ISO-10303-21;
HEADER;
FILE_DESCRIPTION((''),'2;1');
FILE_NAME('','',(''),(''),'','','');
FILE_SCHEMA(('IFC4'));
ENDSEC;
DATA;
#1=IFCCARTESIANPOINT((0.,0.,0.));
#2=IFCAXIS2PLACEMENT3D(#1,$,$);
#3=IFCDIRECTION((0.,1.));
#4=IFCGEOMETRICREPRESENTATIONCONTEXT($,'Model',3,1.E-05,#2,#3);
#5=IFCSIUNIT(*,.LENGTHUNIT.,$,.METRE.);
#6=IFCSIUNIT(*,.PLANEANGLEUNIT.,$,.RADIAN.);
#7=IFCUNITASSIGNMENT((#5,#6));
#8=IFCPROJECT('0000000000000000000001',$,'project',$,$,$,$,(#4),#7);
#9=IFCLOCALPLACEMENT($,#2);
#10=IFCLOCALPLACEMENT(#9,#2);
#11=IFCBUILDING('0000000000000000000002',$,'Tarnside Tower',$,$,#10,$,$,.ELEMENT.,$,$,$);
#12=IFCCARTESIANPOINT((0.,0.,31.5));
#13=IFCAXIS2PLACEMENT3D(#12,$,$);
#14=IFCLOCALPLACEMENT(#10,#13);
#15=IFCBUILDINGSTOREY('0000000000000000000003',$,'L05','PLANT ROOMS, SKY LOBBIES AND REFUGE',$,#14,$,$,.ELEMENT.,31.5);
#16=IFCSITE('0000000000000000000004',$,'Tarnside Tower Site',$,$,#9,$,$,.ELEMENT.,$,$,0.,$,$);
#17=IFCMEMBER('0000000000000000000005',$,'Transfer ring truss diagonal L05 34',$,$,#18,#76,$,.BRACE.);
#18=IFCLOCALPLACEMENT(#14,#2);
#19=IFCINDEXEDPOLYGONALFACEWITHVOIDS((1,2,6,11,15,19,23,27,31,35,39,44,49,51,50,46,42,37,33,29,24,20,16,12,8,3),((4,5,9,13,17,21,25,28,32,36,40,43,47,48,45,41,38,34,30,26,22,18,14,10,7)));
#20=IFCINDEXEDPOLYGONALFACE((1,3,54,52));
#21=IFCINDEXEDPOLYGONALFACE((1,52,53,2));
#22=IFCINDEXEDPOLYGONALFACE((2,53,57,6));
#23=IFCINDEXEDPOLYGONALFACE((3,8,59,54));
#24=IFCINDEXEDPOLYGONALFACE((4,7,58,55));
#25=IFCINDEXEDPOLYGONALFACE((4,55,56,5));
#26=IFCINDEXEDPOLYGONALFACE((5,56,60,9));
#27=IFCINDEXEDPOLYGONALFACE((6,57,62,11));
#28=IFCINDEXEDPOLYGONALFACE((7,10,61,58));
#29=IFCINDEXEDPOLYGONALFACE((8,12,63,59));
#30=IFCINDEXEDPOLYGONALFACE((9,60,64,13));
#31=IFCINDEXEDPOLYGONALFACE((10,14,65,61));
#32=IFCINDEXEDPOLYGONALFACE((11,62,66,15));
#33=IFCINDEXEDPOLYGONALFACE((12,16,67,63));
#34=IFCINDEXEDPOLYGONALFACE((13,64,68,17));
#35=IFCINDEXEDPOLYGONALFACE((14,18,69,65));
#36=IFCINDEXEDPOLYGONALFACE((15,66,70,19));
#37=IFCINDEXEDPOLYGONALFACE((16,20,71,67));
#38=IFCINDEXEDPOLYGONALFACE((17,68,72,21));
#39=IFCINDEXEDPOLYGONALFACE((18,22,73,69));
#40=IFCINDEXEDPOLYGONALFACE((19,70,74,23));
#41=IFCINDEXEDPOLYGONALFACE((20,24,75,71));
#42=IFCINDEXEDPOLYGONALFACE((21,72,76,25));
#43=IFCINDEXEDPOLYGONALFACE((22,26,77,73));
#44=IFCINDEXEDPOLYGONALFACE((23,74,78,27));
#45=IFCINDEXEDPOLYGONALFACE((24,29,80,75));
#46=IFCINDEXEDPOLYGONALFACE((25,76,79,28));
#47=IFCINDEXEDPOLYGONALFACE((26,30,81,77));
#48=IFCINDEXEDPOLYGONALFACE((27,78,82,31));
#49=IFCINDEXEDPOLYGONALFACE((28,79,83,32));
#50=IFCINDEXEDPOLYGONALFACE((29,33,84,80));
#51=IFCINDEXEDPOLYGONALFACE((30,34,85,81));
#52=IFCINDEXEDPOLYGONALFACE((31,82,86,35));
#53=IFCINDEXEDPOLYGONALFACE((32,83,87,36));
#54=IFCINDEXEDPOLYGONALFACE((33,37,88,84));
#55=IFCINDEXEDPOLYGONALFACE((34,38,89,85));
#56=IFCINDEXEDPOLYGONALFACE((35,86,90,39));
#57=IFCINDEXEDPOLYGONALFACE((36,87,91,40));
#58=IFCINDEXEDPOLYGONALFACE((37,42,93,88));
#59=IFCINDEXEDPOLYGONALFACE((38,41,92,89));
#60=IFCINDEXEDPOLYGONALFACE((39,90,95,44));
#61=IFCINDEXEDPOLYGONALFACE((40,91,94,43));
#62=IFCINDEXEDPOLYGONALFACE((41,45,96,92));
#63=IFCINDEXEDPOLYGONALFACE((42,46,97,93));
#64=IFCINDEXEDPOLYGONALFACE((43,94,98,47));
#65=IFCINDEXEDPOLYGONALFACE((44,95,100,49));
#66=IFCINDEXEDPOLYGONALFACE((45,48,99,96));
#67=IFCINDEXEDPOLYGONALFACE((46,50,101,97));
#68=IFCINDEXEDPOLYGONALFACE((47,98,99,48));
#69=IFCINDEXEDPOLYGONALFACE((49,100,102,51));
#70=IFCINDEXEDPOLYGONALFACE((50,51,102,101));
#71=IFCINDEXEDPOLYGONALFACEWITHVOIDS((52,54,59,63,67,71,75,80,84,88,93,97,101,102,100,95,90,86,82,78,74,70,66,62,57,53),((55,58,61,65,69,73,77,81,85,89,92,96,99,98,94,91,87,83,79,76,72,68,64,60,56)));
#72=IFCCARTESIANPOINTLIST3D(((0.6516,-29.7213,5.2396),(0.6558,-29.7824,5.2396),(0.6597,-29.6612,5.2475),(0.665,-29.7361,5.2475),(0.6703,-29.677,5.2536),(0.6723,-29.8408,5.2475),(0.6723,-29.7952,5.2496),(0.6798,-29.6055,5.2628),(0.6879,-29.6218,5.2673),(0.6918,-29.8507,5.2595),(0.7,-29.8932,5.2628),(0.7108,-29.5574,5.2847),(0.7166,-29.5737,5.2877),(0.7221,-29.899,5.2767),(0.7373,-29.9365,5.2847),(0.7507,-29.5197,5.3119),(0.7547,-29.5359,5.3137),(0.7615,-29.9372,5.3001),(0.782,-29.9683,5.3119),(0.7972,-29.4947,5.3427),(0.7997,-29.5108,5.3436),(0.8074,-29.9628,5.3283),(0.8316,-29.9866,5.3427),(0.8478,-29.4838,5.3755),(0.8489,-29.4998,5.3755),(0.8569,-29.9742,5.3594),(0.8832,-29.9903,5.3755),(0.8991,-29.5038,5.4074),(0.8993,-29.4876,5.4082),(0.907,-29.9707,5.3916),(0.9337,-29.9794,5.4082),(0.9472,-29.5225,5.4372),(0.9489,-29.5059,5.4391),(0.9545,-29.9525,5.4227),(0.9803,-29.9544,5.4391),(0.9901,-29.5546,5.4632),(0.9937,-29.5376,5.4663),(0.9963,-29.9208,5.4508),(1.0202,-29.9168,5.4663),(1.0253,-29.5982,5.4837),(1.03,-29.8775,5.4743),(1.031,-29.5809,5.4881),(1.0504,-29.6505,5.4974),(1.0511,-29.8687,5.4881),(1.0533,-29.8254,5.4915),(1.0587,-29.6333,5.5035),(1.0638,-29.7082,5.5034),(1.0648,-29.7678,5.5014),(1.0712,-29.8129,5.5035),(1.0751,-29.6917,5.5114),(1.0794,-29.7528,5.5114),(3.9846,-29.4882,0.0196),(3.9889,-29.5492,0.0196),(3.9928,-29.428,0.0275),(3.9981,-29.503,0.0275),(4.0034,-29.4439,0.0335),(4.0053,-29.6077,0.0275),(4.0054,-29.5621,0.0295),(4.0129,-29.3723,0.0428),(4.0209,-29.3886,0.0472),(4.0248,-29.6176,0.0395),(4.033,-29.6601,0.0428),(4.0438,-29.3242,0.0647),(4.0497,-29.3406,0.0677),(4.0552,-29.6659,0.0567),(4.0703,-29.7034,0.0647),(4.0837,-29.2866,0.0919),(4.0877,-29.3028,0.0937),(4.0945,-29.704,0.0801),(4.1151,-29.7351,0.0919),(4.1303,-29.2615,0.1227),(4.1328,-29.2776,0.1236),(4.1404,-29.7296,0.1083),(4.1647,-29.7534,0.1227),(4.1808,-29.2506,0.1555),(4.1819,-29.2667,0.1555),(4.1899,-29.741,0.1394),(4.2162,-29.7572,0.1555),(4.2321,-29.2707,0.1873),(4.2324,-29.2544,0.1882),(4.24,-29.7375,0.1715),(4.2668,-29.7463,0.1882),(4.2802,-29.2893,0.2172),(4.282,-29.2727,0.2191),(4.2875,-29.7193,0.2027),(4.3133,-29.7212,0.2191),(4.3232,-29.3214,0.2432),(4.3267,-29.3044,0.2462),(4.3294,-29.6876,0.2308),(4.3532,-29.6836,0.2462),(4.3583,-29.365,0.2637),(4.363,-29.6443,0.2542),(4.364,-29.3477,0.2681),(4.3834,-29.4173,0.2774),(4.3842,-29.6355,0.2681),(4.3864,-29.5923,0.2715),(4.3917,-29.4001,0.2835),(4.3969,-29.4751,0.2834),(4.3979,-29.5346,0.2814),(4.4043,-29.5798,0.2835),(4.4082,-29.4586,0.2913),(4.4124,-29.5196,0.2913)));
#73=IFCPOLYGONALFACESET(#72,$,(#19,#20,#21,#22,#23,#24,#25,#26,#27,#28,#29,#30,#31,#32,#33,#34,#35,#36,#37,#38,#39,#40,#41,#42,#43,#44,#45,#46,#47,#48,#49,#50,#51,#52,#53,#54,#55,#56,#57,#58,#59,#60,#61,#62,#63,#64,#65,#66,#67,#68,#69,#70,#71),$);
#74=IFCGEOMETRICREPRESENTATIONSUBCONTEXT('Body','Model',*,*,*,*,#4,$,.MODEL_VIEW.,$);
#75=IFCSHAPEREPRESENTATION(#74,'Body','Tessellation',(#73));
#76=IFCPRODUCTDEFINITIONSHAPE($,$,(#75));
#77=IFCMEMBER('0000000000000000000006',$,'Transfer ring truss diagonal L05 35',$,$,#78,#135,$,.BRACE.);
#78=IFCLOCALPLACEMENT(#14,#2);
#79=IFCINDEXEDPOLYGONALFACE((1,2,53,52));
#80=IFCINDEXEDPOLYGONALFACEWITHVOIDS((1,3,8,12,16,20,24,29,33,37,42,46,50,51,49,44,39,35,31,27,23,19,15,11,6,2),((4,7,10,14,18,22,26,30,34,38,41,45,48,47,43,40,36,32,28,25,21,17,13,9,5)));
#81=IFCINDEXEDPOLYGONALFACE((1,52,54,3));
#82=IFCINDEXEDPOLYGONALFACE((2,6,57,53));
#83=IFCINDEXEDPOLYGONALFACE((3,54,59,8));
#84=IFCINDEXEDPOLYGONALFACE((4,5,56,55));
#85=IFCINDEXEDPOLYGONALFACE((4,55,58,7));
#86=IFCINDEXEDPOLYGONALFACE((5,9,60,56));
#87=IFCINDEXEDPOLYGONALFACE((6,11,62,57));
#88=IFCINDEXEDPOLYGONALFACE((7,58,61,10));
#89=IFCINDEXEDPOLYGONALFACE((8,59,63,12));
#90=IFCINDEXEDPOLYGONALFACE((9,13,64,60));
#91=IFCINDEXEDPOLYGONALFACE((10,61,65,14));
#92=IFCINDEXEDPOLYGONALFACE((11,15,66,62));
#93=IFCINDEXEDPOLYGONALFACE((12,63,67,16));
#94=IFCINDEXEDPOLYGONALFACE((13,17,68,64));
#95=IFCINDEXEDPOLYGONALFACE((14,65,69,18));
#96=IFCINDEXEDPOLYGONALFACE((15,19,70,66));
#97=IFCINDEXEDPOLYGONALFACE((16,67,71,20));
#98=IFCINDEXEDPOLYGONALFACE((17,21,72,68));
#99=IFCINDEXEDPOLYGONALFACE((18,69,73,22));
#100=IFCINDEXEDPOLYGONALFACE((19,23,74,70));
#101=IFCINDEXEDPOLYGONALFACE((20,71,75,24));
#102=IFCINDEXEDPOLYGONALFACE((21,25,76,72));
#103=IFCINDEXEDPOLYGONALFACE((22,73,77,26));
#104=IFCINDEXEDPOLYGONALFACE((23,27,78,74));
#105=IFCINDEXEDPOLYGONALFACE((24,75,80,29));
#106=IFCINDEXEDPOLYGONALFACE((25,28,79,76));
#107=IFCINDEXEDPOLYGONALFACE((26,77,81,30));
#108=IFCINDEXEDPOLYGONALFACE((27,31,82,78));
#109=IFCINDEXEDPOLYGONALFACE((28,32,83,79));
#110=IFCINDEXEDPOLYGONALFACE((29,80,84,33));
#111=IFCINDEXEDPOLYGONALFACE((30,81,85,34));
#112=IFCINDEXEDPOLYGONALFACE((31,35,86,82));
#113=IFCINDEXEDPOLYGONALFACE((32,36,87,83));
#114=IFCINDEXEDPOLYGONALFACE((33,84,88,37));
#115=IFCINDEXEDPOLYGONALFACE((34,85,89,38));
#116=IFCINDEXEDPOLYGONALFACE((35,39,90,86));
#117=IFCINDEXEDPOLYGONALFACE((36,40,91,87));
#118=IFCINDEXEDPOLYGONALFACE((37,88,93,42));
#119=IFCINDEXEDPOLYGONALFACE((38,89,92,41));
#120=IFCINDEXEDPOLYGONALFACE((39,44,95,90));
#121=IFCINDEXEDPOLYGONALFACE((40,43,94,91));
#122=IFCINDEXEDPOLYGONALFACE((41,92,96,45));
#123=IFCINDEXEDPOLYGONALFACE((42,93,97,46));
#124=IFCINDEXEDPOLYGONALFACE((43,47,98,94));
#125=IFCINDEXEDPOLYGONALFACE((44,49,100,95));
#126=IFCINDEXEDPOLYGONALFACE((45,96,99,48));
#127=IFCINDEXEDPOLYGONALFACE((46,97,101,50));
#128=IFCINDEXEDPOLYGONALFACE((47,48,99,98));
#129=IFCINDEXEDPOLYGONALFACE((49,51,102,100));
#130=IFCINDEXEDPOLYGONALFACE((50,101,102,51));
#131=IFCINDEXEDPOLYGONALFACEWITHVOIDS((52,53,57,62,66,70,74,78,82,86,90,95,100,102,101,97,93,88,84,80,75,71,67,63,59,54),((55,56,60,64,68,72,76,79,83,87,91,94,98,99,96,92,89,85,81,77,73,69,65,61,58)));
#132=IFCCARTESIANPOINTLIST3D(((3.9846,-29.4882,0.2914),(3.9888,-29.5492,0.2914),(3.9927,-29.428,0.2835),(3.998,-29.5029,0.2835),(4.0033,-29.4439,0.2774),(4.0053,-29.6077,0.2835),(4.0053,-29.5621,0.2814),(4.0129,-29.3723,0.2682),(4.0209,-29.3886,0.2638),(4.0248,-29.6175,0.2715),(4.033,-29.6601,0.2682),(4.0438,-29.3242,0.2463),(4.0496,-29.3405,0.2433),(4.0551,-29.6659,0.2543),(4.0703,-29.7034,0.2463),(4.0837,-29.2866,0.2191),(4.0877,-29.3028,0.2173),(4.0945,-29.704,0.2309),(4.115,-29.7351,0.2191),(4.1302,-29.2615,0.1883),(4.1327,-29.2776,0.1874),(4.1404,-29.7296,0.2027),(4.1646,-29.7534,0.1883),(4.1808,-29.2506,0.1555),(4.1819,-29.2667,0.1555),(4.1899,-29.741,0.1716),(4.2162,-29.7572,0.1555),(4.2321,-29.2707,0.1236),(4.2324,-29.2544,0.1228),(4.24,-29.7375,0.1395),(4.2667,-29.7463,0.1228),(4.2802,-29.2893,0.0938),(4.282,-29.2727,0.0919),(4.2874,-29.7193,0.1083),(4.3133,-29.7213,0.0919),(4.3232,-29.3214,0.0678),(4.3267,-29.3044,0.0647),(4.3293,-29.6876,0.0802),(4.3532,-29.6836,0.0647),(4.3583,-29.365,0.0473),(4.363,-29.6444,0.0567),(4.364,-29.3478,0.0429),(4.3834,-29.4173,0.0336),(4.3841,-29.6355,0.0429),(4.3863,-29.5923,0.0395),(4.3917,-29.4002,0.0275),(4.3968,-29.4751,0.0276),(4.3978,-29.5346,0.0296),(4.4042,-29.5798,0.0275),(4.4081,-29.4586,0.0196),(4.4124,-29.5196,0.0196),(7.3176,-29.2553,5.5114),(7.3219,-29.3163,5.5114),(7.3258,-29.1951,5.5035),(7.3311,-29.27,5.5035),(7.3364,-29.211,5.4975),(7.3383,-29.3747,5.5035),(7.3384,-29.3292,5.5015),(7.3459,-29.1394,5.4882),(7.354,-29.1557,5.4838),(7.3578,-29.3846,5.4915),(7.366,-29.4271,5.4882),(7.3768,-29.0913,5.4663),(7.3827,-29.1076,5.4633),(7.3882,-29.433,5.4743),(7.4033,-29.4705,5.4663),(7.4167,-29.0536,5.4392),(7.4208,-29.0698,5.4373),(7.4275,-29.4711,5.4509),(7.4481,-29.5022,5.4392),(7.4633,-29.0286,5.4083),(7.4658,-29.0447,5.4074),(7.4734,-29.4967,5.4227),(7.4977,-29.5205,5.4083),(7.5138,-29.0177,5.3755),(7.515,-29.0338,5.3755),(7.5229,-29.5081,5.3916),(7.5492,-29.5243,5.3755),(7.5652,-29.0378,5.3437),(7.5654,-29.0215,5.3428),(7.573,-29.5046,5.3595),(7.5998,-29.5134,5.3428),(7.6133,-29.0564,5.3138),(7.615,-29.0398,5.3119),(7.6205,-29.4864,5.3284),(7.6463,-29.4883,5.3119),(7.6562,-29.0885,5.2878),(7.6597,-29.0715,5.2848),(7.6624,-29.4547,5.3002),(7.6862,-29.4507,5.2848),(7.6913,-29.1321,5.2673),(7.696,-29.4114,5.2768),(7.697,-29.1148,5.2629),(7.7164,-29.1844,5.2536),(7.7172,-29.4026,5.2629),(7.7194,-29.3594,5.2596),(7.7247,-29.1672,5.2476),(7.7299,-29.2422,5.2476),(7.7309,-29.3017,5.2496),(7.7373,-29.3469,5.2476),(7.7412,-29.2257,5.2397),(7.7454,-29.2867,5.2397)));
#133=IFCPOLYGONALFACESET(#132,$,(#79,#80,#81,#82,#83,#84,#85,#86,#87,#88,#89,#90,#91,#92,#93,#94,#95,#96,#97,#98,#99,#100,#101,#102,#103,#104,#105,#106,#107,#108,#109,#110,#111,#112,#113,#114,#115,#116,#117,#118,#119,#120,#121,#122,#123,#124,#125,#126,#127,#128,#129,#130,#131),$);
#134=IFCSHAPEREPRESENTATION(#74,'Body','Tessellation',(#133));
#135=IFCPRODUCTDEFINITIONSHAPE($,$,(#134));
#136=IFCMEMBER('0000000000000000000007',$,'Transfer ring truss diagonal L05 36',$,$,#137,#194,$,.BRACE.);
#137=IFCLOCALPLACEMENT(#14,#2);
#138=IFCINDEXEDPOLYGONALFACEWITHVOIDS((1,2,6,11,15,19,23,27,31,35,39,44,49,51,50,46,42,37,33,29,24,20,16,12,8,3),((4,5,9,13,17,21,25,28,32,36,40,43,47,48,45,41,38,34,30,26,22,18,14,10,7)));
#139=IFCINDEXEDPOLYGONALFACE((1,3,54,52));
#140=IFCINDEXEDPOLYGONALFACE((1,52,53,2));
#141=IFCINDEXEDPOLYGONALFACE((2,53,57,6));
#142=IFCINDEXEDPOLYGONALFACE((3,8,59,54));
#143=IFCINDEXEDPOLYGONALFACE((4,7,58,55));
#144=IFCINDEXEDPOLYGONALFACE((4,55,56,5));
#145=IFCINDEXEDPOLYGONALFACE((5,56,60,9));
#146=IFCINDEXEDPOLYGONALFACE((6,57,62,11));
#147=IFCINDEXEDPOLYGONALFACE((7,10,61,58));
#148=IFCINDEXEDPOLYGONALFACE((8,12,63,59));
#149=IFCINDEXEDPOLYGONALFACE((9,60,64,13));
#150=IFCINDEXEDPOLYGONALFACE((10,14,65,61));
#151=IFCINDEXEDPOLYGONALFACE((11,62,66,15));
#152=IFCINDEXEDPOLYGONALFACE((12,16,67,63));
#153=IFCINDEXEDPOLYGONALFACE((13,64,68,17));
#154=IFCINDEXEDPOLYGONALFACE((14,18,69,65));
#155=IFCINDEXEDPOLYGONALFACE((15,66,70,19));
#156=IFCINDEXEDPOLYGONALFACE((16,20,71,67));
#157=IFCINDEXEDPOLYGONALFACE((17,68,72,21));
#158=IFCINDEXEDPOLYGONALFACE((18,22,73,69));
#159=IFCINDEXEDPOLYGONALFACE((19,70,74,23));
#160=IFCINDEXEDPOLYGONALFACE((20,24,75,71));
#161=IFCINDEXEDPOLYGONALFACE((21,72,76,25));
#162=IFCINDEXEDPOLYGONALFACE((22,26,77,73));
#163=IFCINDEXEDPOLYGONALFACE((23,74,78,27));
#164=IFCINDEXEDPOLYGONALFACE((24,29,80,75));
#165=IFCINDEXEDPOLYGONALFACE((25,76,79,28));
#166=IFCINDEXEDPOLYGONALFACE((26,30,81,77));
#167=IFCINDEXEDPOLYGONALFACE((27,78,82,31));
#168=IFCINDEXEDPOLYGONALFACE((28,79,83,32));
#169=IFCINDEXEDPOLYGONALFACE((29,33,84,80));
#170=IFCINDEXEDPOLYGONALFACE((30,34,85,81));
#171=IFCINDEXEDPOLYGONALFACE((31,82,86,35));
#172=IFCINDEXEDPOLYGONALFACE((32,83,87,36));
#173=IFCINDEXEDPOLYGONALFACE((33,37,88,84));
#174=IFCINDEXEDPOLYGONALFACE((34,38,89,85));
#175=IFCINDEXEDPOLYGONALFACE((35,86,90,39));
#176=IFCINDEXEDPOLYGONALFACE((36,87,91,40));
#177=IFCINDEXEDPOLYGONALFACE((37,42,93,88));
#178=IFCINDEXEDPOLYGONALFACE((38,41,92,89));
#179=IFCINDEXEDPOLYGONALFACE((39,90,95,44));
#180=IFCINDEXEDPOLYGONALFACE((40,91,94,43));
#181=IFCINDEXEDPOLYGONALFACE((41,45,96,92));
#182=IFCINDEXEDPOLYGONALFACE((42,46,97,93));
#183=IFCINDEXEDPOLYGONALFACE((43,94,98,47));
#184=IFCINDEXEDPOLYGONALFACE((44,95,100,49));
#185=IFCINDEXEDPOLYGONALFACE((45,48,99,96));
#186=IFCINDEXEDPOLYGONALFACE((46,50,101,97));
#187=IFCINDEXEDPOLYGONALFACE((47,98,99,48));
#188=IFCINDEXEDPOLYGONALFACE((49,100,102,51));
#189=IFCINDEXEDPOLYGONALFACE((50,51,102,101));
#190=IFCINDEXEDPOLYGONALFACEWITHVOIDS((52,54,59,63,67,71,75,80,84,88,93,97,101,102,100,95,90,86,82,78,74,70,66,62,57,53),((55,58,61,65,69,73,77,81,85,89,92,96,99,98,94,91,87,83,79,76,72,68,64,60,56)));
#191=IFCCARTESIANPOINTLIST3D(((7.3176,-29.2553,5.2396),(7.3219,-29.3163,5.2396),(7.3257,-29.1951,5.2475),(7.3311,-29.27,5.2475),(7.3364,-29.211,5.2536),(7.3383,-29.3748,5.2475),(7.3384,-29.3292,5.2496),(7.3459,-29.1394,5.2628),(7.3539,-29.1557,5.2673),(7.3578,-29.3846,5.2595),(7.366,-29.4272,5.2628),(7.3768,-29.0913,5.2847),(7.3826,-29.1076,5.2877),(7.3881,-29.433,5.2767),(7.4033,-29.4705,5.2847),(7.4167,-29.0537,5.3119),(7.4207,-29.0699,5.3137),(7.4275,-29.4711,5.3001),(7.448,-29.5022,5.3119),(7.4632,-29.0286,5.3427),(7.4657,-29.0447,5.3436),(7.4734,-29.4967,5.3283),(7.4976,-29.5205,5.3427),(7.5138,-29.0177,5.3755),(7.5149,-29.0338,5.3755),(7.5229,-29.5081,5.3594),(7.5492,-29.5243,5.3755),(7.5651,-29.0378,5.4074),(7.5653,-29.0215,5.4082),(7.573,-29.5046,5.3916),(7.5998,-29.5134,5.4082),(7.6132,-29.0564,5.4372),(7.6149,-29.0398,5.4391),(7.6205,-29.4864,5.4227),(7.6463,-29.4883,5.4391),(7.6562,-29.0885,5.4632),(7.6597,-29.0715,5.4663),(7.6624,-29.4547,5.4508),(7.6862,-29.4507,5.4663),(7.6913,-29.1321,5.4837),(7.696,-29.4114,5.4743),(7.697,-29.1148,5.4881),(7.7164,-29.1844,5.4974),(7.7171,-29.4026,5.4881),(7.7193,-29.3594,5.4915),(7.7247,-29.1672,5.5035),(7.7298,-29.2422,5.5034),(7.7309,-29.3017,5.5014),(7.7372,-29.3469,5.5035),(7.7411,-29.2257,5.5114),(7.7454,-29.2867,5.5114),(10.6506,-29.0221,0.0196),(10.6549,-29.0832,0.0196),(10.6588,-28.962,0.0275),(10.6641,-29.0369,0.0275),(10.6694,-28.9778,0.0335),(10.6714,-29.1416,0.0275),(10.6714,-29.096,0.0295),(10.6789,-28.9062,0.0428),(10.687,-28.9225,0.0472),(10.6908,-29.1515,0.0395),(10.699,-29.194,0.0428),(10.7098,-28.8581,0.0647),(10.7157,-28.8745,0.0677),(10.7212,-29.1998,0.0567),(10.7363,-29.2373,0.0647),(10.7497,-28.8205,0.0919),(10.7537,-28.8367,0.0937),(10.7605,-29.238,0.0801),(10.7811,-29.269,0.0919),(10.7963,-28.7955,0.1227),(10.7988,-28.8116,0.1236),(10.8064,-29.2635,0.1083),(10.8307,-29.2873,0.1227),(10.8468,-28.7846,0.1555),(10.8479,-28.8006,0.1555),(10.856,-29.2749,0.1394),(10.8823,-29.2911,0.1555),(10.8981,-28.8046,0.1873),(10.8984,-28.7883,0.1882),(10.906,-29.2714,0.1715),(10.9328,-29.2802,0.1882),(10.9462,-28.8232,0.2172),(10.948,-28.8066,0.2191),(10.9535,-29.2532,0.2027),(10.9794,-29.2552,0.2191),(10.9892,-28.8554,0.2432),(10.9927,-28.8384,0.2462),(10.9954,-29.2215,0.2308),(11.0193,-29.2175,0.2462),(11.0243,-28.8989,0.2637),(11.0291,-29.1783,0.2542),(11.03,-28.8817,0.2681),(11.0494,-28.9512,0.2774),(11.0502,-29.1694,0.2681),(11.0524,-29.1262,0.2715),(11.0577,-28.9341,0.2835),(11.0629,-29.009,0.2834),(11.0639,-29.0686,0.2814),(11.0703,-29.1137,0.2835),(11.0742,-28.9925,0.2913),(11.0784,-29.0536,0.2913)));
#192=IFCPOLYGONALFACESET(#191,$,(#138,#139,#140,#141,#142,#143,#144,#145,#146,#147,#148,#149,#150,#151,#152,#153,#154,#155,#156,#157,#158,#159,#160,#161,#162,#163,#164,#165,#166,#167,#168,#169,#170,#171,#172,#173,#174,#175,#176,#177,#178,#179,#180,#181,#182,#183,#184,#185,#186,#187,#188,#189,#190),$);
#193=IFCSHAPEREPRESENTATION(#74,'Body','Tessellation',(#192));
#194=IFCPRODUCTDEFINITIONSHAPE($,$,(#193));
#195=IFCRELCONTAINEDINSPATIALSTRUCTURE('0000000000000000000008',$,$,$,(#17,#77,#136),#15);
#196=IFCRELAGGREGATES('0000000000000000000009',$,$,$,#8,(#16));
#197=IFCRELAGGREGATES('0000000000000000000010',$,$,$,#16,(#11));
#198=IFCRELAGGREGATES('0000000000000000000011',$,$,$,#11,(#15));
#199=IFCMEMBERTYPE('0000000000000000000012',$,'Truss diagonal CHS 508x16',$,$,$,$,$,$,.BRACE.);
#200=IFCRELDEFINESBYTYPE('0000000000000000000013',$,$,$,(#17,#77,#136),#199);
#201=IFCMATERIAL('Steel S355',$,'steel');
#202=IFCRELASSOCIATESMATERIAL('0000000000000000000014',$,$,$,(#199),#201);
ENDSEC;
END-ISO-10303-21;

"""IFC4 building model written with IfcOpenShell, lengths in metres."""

from ifc_helpers import new_model, si_unit, direction, frame, origin, origin_2d, place, context, subcontext, project, spatial, hollow_circle, extrude, material, material_profile, profile_set, type_object, element, save


model = new_model("IFC4")

# Units and contexts
model_context = context("Model", 3, precision=1e-05, world=origin(), true_north=direction((0.0, 1.0)))
body_context = subcontext(model_context, "Body", "Model", "MODEL_VIEW")
ifc_project = project(units=[si_unit("LENGTHUNIT", "METRE"), si_unit("PLANEANGLEUNIT", "RADIAN")], contexts=[model_context])

# Site, building, storey
site_placement = place(None, origin())
site = spatial("IfcSite", under=ifc_project, at=site_placement, Name="Tarnside Tower Site", CompositionType="ELEMENT", RefElevation=0.0)
building_placement = place(site_placement, origin())
building = spatial("IfcBuilding", under=site, at=building_placement, Name="Tarnside Tower", CompositionType="ELEMENT")
storey_placement = place(building_placement, frame((0.0, 0.0, 31.5)))
storey = spatial("IfcBuildingStorey", under=building, at=storey_placement, Name="L05", Description="PLANT ROOMS, SKY LOBBIES AND REFUGE", CompositionType="ELEMENT", Elevation=31.5)

# Shared definitions
ifc_material_1 = material(Name="Steel S355", Category="steel")

# Members
ifc_material_profile_1 = material_profile(ifc_material_1, hollow_circle(Radius=0.2539, WallThickness=0.0161, at=origin_2d()), Name="CHS 508x16")
ifc_profile_set_1 = profile_set([ifc_material_profile_1], Name="Steel S355")
member_type_1 = type_object("IfcMemberType", Name="Truss diagonal CHS 508x16", PredefinedType="BRACE", material=ifc_profile_set_1)
for number, where, z_axis, x_axis, name in (
    (1, (0.8655, -29.7371, 5.3755), (0.537782, 0.03762, -0.842244), (-0.069783, 0.997562, 0.0), "Transfer ring truss diagonal L05 34"),
    (2, (4.1985, -29.5039, 0.1555), (0.537783, 0.03758, 0.842245), (-0.06971, 0.997567, 0.0), "Transfer ring truss diagonal L05 35"),
    (3, (7.5315, -29.271, 5.3755), (0.537782, 0.03762, -0.842244), (-0.069783, 0.997562, 0.0), "Transfer ring truss diagonal L05 36"),
):
    element("IfcMember", number, at=place(storey_placement, frame(where, z_axis=z_axis, x_axis=x_axis)), inside=storey, type_object=member_type_1, Name=name, PredefinedType="BRACE", context=body_context, shape_type="SweptSolid", body=[
        extrude(hollow_circle(Radius=0.2539, WallThickness=0.0161, at=origin_2d()), origin(), (0.0, 0.0, 1.0), 6.1978),
    ])

save(model, "model.ifc")
